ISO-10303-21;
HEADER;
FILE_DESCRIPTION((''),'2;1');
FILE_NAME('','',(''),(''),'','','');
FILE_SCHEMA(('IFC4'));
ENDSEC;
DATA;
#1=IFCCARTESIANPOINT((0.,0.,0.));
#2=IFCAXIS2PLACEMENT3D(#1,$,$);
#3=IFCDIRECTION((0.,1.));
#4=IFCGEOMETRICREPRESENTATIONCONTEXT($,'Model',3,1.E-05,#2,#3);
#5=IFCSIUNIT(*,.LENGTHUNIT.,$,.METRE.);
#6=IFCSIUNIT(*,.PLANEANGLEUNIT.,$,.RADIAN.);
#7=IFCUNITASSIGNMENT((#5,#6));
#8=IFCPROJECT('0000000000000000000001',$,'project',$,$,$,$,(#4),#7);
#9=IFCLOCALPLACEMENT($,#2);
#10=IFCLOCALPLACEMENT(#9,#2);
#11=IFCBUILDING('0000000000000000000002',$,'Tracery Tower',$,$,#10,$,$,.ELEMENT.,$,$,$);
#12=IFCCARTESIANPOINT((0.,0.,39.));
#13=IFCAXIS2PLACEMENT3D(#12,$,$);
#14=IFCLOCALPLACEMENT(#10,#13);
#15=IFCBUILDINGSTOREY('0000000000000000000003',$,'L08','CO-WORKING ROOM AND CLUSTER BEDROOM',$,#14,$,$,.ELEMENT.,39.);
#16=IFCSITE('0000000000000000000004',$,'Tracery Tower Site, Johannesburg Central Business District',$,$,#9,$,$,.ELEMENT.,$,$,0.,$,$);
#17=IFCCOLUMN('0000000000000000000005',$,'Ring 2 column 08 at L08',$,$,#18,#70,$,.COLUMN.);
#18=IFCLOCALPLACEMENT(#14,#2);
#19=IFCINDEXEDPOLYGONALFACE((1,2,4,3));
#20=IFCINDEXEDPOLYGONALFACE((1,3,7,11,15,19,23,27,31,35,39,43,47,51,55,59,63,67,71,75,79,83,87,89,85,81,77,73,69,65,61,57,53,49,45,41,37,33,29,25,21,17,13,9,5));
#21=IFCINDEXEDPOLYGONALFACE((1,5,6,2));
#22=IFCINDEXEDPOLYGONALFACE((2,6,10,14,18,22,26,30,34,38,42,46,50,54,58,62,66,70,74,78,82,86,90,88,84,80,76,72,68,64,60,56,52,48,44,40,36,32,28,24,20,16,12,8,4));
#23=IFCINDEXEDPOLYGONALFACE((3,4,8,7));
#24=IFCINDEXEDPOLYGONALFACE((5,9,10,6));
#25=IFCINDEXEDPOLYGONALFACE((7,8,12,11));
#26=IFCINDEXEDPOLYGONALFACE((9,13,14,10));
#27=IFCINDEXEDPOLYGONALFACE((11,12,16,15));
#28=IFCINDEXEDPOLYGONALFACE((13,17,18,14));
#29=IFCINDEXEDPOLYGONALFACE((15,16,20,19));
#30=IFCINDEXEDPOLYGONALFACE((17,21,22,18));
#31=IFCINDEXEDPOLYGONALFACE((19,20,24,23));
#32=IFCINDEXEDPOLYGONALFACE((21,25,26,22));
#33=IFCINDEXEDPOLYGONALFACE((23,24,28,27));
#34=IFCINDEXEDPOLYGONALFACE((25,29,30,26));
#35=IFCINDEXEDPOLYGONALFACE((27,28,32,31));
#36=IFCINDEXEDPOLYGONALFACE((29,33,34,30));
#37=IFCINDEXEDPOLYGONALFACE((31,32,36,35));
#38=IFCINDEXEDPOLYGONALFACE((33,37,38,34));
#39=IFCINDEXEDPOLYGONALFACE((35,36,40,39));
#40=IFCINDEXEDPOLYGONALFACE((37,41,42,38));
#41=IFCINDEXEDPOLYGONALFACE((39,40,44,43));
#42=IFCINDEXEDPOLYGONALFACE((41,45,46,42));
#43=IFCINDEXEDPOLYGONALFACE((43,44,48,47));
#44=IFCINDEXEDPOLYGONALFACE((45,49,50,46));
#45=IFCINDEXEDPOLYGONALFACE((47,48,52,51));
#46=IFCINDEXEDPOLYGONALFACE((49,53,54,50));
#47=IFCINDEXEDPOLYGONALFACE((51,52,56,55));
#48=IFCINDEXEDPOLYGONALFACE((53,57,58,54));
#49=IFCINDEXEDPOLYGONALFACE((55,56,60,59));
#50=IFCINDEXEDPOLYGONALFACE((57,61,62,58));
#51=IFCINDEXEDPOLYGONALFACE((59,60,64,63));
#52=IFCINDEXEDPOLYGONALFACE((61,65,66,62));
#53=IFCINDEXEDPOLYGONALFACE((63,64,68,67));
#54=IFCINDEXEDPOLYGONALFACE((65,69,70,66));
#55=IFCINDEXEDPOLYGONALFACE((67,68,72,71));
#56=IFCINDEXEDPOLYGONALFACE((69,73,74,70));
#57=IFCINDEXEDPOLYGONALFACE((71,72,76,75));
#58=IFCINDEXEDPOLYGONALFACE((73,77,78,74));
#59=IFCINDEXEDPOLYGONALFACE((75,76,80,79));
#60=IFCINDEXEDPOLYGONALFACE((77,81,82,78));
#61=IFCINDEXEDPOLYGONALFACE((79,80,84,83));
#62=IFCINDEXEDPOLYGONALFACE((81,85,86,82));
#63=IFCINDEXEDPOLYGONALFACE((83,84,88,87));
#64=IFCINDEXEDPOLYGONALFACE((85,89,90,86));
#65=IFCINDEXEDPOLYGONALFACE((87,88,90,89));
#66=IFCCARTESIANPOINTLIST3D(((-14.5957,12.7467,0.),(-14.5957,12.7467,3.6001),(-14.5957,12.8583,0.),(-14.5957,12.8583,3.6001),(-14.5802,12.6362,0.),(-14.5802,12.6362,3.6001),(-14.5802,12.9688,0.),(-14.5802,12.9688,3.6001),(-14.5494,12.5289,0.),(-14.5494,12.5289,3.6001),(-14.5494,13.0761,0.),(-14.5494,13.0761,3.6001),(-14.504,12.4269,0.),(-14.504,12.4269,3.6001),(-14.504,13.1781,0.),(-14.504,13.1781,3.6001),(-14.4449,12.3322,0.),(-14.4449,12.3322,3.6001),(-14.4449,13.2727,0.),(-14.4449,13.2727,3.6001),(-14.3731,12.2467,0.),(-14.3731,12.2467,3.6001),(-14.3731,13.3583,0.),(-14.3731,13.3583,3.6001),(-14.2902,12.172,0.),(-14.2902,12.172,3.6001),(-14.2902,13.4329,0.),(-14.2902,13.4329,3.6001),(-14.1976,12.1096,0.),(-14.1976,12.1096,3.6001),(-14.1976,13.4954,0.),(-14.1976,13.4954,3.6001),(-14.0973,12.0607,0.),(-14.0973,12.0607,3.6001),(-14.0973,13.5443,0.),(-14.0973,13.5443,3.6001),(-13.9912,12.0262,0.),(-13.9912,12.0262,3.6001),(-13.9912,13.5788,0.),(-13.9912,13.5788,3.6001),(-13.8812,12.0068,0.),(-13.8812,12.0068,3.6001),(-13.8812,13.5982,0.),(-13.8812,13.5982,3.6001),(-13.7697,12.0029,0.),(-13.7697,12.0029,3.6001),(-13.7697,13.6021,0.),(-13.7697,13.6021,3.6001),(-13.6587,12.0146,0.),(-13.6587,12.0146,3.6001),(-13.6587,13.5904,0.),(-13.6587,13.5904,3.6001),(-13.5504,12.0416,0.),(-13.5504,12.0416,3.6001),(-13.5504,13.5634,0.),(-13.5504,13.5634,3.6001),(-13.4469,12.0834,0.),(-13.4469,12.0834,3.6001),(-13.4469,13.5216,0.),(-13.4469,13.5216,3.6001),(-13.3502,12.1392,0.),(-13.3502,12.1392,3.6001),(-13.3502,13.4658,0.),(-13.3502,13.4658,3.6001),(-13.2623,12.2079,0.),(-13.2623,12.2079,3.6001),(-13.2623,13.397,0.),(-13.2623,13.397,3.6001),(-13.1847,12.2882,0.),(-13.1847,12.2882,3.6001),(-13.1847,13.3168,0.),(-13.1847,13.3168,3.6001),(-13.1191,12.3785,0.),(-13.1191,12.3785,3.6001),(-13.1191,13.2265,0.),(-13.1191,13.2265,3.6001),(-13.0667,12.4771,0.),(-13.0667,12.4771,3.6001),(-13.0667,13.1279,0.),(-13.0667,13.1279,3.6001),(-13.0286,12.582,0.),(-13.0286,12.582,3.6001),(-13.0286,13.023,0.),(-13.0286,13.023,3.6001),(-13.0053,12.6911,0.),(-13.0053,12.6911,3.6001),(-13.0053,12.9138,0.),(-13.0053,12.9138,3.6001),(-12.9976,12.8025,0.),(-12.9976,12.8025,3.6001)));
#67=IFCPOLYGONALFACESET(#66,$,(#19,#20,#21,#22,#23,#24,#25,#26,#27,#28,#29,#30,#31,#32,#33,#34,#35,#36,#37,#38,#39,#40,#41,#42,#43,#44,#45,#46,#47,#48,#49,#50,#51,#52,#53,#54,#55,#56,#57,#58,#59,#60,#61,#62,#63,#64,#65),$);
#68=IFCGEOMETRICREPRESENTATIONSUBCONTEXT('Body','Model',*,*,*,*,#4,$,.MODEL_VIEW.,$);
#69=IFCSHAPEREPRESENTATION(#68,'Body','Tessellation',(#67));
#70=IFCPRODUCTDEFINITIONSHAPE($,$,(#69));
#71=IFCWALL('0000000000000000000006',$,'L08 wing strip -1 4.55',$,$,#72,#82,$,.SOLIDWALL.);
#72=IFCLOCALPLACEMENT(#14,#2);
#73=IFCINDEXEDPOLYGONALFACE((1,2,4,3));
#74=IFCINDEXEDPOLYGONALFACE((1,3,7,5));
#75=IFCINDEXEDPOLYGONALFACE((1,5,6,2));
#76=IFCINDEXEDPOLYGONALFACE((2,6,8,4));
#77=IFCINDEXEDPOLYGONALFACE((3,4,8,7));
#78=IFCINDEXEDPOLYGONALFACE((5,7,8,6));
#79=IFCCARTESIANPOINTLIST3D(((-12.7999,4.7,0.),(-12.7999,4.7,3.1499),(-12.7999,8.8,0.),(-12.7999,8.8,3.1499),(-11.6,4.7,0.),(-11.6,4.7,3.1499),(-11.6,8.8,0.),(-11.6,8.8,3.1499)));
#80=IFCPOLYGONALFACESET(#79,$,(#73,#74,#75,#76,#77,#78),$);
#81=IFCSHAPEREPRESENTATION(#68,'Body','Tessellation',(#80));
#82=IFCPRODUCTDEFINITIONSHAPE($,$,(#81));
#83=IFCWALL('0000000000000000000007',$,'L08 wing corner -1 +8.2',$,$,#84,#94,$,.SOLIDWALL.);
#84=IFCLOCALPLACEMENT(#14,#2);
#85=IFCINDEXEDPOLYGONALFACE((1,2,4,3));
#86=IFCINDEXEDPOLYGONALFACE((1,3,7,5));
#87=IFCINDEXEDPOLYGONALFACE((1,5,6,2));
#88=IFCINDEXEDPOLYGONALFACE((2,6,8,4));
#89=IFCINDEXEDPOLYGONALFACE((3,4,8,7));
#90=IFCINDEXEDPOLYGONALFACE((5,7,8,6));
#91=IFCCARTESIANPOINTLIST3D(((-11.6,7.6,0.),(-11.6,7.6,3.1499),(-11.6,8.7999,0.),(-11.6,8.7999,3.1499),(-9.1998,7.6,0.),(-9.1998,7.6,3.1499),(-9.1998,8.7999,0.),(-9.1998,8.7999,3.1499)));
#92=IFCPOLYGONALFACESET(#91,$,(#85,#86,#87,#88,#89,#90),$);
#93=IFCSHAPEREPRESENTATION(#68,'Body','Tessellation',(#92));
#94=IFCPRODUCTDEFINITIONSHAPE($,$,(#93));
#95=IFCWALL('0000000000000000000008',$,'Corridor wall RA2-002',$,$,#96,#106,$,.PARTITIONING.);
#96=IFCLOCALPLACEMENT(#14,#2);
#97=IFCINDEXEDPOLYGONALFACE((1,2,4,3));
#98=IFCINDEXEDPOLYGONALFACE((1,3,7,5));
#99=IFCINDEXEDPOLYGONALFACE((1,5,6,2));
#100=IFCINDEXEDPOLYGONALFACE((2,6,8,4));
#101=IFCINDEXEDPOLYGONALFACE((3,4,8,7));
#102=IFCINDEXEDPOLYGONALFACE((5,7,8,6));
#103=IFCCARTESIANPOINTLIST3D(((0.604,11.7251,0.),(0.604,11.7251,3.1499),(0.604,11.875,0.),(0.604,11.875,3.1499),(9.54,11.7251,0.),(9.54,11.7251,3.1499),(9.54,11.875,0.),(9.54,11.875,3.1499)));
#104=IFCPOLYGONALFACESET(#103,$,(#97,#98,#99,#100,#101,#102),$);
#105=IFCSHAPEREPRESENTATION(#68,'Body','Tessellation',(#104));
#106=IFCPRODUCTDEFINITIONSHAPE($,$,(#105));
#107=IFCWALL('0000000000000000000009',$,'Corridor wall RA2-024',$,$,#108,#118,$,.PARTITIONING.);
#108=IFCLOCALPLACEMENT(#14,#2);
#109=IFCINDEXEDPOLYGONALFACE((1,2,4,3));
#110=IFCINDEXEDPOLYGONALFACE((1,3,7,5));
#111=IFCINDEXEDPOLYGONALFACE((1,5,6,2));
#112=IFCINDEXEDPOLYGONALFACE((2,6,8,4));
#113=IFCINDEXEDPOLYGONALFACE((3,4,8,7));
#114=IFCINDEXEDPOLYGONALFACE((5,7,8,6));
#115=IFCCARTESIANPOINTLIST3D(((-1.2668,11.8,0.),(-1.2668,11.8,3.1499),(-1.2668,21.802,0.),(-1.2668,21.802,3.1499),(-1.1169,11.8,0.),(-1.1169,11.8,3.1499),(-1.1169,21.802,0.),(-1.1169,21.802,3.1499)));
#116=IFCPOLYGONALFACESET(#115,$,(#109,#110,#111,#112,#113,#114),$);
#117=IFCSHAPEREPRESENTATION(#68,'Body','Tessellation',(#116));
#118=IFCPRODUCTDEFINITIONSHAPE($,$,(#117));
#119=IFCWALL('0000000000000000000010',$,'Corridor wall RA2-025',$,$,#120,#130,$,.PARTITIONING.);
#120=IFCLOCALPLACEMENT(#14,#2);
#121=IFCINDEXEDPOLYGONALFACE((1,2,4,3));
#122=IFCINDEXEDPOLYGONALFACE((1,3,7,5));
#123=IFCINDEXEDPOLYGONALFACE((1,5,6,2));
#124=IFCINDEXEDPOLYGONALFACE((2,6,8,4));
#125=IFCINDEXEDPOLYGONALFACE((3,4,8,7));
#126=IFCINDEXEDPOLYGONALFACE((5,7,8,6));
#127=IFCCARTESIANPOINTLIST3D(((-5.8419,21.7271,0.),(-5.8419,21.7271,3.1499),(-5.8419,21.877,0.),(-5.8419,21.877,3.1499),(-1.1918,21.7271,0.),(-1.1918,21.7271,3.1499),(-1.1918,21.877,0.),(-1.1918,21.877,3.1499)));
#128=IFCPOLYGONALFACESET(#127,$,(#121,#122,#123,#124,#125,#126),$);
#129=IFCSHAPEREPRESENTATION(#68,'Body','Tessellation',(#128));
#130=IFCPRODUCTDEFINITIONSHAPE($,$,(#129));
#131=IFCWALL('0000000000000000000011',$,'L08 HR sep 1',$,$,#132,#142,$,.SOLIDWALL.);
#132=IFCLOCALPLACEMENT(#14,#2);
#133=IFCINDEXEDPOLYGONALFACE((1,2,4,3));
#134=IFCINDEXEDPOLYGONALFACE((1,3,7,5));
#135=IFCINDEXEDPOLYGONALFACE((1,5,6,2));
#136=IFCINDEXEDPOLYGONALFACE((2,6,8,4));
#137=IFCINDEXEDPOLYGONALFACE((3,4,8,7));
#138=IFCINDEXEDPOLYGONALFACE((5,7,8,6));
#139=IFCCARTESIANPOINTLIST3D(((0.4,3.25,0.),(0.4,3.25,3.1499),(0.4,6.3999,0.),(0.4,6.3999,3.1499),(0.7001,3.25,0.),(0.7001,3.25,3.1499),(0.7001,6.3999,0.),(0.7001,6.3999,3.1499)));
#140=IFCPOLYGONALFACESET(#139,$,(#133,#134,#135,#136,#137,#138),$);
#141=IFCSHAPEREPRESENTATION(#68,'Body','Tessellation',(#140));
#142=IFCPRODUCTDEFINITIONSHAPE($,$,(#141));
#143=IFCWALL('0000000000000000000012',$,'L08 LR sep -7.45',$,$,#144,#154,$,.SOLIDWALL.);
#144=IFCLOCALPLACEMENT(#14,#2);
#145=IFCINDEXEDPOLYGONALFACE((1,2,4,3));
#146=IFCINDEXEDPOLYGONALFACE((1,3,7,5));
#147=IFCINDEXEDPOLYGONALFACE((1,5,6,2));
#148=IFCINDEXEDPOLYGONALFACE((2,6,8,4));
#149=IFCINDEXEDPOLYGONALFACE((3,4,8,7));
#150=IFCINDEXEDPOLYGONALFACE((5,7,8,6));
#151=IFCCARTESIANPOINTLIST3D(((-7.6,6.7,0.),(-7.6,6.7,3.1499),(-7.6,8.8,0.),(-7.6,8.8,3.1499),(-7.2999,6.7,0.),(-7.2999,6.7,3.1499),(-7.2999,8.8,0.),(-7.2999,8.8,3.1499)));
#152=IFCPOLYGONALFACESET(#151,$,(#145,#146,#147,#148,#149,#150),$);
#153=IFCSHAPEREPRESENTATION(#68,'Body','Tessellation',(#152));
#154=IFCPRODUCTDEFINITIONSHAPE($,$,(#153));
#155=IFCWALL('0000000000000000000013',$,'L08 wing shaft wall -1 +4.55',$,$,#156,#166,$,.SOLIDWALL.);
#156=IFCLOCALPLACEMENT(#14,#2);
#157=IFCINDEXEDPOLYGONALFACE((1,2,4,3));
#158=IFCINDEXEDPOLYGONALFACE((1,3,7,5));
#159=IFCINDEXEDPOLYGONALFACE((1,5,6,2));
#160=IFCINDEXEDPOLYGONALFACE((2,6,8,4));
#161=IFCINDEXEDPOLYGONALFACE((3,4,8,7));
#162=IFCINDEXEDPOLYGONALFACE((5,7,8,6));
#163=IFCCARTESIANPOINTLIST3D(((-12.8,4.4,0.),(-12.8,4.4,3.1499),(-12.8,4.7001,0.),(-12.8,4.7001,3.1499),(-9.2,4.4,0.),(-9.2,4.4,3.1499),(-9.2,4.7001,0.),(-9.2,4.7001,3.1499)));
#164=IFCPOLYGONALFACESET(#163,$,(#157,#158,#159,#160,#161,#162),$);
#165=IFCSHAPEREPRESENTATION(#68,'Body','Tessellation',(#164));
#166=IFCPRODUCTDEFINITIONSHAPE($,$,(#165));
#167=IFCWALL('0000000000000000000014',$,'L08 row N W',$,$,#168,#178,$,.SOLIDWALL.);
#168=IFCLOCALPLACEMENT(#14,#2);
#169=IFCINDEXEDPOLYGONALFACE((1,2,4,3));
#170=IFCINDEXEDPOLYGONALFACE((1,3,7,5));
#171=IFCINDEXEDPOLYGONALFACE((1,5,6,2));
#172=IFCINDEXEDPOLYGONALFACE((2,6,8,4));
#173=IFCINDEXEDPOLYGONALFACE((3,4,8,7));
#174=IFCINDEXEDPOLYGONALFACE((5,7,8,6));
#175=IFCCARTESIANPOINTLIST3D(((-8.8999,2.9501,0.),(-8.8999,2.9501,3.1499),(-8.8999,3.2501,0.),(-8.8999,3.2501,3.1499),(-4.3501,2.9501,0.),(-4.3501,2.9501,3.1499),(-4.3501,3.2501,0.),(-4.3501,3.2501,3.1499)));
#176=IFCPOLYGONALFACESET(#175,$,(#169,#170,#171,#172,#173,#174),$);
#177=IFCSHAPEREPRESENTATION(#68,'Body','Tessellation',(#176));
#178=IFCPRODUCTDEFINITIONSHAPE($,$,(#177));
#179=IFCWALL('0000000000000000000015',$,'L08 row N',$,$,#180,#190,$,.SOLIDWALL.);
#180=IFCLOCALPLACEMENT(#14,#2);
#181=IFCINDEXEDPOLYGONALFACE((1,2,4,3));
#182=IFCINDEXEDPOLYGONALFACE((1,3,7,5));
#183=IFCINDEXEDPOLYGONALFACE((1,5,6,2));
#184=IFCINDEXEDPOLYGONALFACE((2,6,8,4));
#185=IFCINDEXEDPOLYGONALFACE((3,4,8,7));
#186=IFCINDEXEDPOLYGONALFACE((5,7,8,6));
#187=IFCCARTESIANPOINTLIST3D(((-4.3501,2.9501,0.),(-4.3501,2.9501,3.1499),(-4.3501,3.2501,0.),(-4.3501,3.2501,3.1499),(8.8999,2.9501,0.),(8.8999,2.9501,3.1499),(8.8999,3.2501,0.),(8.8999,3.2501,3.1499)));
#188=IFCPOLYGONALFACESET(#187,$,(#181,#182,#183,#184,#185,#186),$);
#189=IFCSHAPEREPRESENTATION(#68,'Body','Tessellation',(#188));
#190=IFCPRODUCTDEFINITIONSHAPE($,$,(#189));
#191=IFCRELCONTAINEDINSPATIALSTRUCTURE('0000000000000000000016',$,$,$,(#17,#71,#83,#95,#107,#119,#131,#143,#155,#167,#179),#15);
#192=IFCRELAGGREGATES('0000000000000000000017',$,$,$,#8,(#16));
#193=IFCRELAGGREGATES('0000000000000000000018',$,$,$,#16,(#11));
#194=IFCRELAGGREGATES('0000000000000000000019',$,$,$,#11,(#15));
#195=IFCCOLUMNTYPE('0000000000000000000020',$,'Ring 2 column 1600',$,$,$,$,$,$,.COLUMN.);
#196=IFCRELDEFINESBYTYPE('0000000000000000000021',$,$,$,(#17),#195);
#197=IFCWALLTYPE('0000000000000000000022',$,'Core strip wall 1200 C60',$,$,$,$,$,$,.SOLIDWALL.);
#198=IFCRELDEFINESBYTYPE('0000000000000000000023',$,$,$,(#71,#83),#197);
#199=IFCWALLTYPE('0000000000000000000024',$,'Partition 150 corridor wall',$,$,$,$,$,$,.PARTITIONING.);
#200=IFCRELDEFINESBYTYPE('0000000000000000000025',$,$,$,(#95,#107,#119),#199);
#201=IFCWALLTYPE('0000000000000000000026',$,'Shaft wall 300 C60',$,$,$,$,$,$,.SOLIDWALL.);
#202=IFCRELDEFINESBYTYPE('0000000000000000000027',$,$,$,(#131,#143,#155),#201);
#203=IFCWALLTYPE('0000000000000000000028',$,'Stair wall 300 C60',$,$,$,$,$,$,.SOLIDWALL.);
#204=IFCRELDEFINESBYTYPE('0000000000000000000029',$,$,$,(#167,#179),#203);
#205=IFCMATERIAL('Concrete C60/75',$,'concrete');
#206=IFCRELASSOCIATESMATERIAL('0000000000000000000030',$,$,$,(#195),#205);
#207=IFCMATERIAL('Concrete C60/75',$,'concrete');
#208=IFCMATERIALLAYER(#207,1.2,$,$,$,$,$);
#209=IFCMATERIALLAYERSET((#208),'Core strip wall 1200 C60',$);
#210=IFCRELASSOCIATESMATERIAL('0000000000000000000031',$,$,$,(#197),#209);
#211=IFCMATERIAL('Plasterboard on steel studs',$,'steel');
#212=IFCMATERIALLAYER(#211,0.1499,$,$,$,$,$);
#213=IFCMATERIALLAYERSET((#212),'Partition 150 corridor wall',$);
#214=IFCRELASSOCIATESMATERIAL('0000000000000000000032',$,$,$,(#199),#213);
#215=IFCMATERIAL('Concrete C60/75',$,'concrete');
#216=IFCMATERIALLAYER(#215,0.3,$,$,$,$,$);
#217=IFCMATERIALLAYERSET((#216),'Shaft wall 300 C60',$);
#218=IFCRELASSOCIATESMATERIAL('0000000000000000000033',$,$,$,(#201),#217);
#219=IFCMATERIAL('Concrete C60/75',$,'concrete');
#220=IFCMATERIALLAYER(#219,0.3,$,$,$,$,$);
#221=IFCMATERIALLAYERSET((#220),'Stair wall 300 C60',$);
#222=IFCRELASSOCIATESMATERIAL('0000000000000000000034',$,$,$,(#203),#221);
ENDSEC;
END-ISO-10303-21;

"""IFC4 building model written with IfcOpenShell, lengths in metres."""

from ifc_helpers import new_model, si_unit, direction, frame, frame_2d, origin, origin_2d, place, context, subcontext, project, spatial, rectangle, circle, extrude, material, layer, layer_set, material_profile, profile_set, type_object, element, save


model = new_model("IFC4")

# Units and contexts
model_context = context("Model", 3, precision=1e-05, world=origin(), true_north=direction((0.0, 1.0)))
body_context = subcontext(model_context, "Body", "Model", "MODEL_VIEW")
ifc_project = project(units=[si_unit("LENGTHUNIT", "METRE"), si_unit("PLANEANGLEUNIT", "RADIAN")], contexts=[model_context])

# Site, building, storey
site_placement = place(None, origin())
site = spatial("IfcSite", under=ifc_project, at=site_placement, Name="Tracery Tower Site, Johannesburg Central Business District", CompositionType="ELEMENT", RefElevation=0.0)
building_placement = place(site_placement, origin())
building = spatial("IfcBuilding", under=site, at=building_placement, Name="Tracery Tower", CompositionType="ELEMENT")
storey_placement = place(building_placement, frame((0.0, 0.0, 39.0)))
storey = spatial("IfcBuildingStorey", under=building, at=storey_placement, Name="L08", Description="CO-WORKING ROOM AND CLUSTER BEDROOM", CompositionType="ELEMENT", Elevation=39.0)

# Column
ifc_material_1 = material(Name="Concrete C60/75", Category="concrete")
ifc_material_profile_1 = material_profile(ifc_material_1, circle(Radius=0.8, at=origin_2d()), Name="RC D1600")
ifc_profile_set_1 = profile_set([ifc_material_profile_1], Name="Concrete C60/75")
column_type_1 = type_object("IfcColumnType", Name="Ring 2 column 1600", PredefinedType="COLUMN", material=ifc_profile_set_1)
for number, where, z_axis, x_axis, name in (
    (1, (-13.7976, 12.8025, 0.0), (0.0, 0.0, 1.0), (1.0, 0.0, 0.0), "Ring 2 column 08 at L08"),
):
    element("IfcColumn", number, at=place(storey_placement, frame(where, z_axis=z_axis, x_axis=x_axis)), inside=storey, type_object=column_type_1, Name=name, PredefinedType="COLUMN", context=body_context, shape_type="SweptSolid", body=[
        extrude(circle(Radius=0.8, at=origin_2d()), origin(), (0.0, 0.0, 1.0), 3.6001),
    ])

# Walls
ifc_material_2 = material(Name="Concrete C60/75", Category="concrete")
ifc_layer_1 = layer(ifc_material_2, 1.2)
ifc_layer_set_1 = layer_set([ifc_layer_1], Name="Core strip wall 1200 C60")
wall_type_1 = type_object("IfcWallType", Name="Core strip wall 1200 C60", PredefinedType="SOLIDWALL", material=ifc_layer_set_1)
wall_1_placement = place(storey_placement, frame((-12.2, 4.7, 0.0), z_axis=(0.0, 0.0, 1.0), x_axis=(0.0, 1.0, 0.0)))
element("IfcWall", 2, at=wall_1_placement, inside=storey, type_object=wall_type_1, Name="L08 wing strip -1 4.55", PredefinedType="SOLIDWALL", context=body_context, shape_type="SweptSolid", body=[
    extrude(rectangle(XDim=4.1001, YDim=1.2, at=frame_2d((2.05, 0.0))), origin(), (0.0, 0.0, 1.0), 3.1499),
])
wall_2_placement = place(storey_placement, frame((-11.6001, 8.2, 0.0), z_axis=(0.0, 0.0, 1.0), x_axis=(1.0, 0.0, 0.0)))
element("IfcWall", 3, at=wall_2_placement, inside=storey, type_object=wall_type_1, Name="L08 wing corner -1 +8.2", PredefinedType="SOLIDWALL", context=body_context, shape_type="SweptSolid", body=[
    extrude(rectangle(XDim=2.4001, YDim=1.2, at=frame_2d((1.2002, 0.0))), origin(), (0.0, 0.0, 1.0), 3.1499),
])
ifc_material_3 = material(Name="Plasterboard on steel studs", Category="steel")
ifc_layer_2 = layer(ifc_material_3, 0.1499)
ifc_layer_set_2 = layer_set([ifc_layer_2], Name="Partition 150 corridor wall")
wall_type_2 = type_object("IfcWallType", Name="Partition 150 corridor wall", PredefinedType="PARTITIONING", material=ifc_layer_set_2)
wall_3_placement = place(storey_placement, frame((0.604, 11.8, 0.0), z_axis=(0.0, 0.0, 1.0), x_axis=(1.0, 0.0, 0.0)))
element("IfcWall", 4, at=wall_3_placement, inside=storey, type_object=wall_type_2, Name="Corridor wall RA2-002", PredefinedType="PARTITIONING", context=body_context, shape_type="SweptSolid", body=[
    extrude(rectangle(XDim=8.936, YDim=0.1499, at=frame_2d((4.468, 0.0))), origin(), (0.0, 0.0, 1.0), 3.1499),
])
wall_4_placement = place(storey_placement, frame((-1.1919, 11.8, 0.0), z_axis=(0.0, 0.0, 1.0), x_axis=(0.0, 1.0, 0.0)))
element("IfcWall", 5, at=wall_4_placement, inside=storey, type_object=wall_type_2, Name="Corridor wall RA2-024", PredefinedType="PARTITIONING", context=body_context, shape_type="SweptSolid", body=[
    extrude(rectangle(XDim=10.002, YDim=0.1499, at=frame_2d((5.001, 0.0))), origin(), (0.0, 0.0, 1.0), 3.1499),
])
wall_5_placement = place(storey_placement, frame((-5.842, 21.802, 0.0), z_axis=(0.0, 0.0, 1.0), x_axis=(1.0, 0.0, 0.0)))
element("IfcWall", 6, at=wall_5_placement, inside=storey, type_object=wall_type_2, Name="Corridor wall RA2-025", PredefinedType="PARTITIONING", context=body_context, shape_type="SweptSolid", body=[
    extrude(rectangle(XDim=4.6501, YDim=0.1499, at=frame_2d((2.3252, 0.0))), origin(), (0.0, 0.0, 1.0), 3.1499),
])
ifc_material_4 = material(Name="Concrete C60/75", Category="concrete")
ifc_layer_3 = layer(ifc_material_4, 0.3)
ifc_layer_set_3 = layer_set([ifc_layer_3], Name="Shaft wall 300 C60")
wall_type_3 = type_object("IfcWallType", Name="Shaft wall 300 C60", PredefinedType="SOLIDWALL", material=ifc_layer_set_3)
wall_6_placement = place(storey_placement, frame((0.55, 3.25, 0.0), z_axis=(0.0, 0.0, 1.0), x_axis=(0.0, 1.0, 0.0)))
element("IfcWall", 7, at=wall_6_placement, inside=storey, type_object=wall_type_3, Name="L08 HR sep 1", PredefinedType="SOLIDWALL", context=body_context, shape_type="SweptSolid", body=[
    extrude(rectangle(XDim=3.1499, YDim=0.3, at=frame_2d((1.575, 0.0))), origin(), (0.0, 0.0, 1.0), 3.1499),
])
wall_7_placement = place(storey_placement, frame((-7.45, 6.7, 0.0), z_axis=(0.0, 0.0, 1.0), x_axis=(0.0, 1.0, 0.0)))
element("IfcWall", 8, at=wall_7_placement, inside=storey, type_object=wall_type_3, Name="L08 LR sep -7.45", PredefinedType="SOLIDWALL", context=body_context, shape_type="SweptSolid", body=[
    extrude(rectangle(XDim=2.1001, YDim=0.3, at=frame_2d((1.05, 0.0))), origin(), (0.0, 0.0, 1.0), 3.1499),
])

# Walls
wall_8_placement = place(storey_placement, frame((-12.8, 4.55, 0.0), z_axis=(0.0, 0.0, 1.0), x_axis=(1.0, 0.0, 0.0)))
element("IfcWall", 9, at=wall_8_placement, inside=storey, type_object=wall_type_3, Name="L08 wing shaft wall -1 +4.55", PredefinedType="SOLIDWALL", context=body_context, shape_type="SweptSolid", body=[
    extrude(rectangle(XDim=3.6001, YDim=0.3, at=frame_2d((1.8, 0.0))), origin(), (0.0, 0.0, 1.0), 3.1499),
])
ifc_material_5 = material(Name="Concrete C60/75", Category="concrete")
ifc_layer_4 = layer(ifc_material_5, 0.3)
ifc_layer_set_4 = layer_set([ifc_layer_4], Name="Stair wall 300 C60")
wall_type_4 = type_object("IfcWallType", Name="Stair wall 300 C60", PredefinedType="SOLIDWALL", material=ifc_layer_set_4)
wall_9_placement = place(storey_placement, frame((-8.8999, 3.1001, 0.0), z_axis=(0.0, 0.0, 1.0), x_axis=(1.0, 0.0, 0.0)))
element("IfcWall", 10, at=wall_9_placement, inside=storey, type_object=wall_type_4, Name="L08 row N W", PredefinedType="SOLIDWALL", context=body_context, shape_type="SweptSolid", body=[
    extrude(rectangle(XDim=4.5498, YDim=0.3, at=frame_2d((2.2749, 0.0))), origin(), (0.0, 0.0, 1.0), 3.1499),
])
wall_10_placement = place(storey_placement, frame((-4.3501, 3.1001, 0.0), z_axis=(0.0, 0.0, 1.0), x_axis=(1.0, 0.0, 0.0)))
element("IfcWall", 11, at=wall_10_placement, inside=storey, type_object=wall_type_4, Name="L08 row N", PredefinedType="SOLIDWALL", context=body_context, shape_type="SweptSolid", body=[
    extrude(rectangle(XDim=13.25, YDim=0.3, at=frame_2d((6.625, 0.0))), origin(), (0.0, 0.0, 1.0), 3.1499),
])

save(model, "model.ifc")
